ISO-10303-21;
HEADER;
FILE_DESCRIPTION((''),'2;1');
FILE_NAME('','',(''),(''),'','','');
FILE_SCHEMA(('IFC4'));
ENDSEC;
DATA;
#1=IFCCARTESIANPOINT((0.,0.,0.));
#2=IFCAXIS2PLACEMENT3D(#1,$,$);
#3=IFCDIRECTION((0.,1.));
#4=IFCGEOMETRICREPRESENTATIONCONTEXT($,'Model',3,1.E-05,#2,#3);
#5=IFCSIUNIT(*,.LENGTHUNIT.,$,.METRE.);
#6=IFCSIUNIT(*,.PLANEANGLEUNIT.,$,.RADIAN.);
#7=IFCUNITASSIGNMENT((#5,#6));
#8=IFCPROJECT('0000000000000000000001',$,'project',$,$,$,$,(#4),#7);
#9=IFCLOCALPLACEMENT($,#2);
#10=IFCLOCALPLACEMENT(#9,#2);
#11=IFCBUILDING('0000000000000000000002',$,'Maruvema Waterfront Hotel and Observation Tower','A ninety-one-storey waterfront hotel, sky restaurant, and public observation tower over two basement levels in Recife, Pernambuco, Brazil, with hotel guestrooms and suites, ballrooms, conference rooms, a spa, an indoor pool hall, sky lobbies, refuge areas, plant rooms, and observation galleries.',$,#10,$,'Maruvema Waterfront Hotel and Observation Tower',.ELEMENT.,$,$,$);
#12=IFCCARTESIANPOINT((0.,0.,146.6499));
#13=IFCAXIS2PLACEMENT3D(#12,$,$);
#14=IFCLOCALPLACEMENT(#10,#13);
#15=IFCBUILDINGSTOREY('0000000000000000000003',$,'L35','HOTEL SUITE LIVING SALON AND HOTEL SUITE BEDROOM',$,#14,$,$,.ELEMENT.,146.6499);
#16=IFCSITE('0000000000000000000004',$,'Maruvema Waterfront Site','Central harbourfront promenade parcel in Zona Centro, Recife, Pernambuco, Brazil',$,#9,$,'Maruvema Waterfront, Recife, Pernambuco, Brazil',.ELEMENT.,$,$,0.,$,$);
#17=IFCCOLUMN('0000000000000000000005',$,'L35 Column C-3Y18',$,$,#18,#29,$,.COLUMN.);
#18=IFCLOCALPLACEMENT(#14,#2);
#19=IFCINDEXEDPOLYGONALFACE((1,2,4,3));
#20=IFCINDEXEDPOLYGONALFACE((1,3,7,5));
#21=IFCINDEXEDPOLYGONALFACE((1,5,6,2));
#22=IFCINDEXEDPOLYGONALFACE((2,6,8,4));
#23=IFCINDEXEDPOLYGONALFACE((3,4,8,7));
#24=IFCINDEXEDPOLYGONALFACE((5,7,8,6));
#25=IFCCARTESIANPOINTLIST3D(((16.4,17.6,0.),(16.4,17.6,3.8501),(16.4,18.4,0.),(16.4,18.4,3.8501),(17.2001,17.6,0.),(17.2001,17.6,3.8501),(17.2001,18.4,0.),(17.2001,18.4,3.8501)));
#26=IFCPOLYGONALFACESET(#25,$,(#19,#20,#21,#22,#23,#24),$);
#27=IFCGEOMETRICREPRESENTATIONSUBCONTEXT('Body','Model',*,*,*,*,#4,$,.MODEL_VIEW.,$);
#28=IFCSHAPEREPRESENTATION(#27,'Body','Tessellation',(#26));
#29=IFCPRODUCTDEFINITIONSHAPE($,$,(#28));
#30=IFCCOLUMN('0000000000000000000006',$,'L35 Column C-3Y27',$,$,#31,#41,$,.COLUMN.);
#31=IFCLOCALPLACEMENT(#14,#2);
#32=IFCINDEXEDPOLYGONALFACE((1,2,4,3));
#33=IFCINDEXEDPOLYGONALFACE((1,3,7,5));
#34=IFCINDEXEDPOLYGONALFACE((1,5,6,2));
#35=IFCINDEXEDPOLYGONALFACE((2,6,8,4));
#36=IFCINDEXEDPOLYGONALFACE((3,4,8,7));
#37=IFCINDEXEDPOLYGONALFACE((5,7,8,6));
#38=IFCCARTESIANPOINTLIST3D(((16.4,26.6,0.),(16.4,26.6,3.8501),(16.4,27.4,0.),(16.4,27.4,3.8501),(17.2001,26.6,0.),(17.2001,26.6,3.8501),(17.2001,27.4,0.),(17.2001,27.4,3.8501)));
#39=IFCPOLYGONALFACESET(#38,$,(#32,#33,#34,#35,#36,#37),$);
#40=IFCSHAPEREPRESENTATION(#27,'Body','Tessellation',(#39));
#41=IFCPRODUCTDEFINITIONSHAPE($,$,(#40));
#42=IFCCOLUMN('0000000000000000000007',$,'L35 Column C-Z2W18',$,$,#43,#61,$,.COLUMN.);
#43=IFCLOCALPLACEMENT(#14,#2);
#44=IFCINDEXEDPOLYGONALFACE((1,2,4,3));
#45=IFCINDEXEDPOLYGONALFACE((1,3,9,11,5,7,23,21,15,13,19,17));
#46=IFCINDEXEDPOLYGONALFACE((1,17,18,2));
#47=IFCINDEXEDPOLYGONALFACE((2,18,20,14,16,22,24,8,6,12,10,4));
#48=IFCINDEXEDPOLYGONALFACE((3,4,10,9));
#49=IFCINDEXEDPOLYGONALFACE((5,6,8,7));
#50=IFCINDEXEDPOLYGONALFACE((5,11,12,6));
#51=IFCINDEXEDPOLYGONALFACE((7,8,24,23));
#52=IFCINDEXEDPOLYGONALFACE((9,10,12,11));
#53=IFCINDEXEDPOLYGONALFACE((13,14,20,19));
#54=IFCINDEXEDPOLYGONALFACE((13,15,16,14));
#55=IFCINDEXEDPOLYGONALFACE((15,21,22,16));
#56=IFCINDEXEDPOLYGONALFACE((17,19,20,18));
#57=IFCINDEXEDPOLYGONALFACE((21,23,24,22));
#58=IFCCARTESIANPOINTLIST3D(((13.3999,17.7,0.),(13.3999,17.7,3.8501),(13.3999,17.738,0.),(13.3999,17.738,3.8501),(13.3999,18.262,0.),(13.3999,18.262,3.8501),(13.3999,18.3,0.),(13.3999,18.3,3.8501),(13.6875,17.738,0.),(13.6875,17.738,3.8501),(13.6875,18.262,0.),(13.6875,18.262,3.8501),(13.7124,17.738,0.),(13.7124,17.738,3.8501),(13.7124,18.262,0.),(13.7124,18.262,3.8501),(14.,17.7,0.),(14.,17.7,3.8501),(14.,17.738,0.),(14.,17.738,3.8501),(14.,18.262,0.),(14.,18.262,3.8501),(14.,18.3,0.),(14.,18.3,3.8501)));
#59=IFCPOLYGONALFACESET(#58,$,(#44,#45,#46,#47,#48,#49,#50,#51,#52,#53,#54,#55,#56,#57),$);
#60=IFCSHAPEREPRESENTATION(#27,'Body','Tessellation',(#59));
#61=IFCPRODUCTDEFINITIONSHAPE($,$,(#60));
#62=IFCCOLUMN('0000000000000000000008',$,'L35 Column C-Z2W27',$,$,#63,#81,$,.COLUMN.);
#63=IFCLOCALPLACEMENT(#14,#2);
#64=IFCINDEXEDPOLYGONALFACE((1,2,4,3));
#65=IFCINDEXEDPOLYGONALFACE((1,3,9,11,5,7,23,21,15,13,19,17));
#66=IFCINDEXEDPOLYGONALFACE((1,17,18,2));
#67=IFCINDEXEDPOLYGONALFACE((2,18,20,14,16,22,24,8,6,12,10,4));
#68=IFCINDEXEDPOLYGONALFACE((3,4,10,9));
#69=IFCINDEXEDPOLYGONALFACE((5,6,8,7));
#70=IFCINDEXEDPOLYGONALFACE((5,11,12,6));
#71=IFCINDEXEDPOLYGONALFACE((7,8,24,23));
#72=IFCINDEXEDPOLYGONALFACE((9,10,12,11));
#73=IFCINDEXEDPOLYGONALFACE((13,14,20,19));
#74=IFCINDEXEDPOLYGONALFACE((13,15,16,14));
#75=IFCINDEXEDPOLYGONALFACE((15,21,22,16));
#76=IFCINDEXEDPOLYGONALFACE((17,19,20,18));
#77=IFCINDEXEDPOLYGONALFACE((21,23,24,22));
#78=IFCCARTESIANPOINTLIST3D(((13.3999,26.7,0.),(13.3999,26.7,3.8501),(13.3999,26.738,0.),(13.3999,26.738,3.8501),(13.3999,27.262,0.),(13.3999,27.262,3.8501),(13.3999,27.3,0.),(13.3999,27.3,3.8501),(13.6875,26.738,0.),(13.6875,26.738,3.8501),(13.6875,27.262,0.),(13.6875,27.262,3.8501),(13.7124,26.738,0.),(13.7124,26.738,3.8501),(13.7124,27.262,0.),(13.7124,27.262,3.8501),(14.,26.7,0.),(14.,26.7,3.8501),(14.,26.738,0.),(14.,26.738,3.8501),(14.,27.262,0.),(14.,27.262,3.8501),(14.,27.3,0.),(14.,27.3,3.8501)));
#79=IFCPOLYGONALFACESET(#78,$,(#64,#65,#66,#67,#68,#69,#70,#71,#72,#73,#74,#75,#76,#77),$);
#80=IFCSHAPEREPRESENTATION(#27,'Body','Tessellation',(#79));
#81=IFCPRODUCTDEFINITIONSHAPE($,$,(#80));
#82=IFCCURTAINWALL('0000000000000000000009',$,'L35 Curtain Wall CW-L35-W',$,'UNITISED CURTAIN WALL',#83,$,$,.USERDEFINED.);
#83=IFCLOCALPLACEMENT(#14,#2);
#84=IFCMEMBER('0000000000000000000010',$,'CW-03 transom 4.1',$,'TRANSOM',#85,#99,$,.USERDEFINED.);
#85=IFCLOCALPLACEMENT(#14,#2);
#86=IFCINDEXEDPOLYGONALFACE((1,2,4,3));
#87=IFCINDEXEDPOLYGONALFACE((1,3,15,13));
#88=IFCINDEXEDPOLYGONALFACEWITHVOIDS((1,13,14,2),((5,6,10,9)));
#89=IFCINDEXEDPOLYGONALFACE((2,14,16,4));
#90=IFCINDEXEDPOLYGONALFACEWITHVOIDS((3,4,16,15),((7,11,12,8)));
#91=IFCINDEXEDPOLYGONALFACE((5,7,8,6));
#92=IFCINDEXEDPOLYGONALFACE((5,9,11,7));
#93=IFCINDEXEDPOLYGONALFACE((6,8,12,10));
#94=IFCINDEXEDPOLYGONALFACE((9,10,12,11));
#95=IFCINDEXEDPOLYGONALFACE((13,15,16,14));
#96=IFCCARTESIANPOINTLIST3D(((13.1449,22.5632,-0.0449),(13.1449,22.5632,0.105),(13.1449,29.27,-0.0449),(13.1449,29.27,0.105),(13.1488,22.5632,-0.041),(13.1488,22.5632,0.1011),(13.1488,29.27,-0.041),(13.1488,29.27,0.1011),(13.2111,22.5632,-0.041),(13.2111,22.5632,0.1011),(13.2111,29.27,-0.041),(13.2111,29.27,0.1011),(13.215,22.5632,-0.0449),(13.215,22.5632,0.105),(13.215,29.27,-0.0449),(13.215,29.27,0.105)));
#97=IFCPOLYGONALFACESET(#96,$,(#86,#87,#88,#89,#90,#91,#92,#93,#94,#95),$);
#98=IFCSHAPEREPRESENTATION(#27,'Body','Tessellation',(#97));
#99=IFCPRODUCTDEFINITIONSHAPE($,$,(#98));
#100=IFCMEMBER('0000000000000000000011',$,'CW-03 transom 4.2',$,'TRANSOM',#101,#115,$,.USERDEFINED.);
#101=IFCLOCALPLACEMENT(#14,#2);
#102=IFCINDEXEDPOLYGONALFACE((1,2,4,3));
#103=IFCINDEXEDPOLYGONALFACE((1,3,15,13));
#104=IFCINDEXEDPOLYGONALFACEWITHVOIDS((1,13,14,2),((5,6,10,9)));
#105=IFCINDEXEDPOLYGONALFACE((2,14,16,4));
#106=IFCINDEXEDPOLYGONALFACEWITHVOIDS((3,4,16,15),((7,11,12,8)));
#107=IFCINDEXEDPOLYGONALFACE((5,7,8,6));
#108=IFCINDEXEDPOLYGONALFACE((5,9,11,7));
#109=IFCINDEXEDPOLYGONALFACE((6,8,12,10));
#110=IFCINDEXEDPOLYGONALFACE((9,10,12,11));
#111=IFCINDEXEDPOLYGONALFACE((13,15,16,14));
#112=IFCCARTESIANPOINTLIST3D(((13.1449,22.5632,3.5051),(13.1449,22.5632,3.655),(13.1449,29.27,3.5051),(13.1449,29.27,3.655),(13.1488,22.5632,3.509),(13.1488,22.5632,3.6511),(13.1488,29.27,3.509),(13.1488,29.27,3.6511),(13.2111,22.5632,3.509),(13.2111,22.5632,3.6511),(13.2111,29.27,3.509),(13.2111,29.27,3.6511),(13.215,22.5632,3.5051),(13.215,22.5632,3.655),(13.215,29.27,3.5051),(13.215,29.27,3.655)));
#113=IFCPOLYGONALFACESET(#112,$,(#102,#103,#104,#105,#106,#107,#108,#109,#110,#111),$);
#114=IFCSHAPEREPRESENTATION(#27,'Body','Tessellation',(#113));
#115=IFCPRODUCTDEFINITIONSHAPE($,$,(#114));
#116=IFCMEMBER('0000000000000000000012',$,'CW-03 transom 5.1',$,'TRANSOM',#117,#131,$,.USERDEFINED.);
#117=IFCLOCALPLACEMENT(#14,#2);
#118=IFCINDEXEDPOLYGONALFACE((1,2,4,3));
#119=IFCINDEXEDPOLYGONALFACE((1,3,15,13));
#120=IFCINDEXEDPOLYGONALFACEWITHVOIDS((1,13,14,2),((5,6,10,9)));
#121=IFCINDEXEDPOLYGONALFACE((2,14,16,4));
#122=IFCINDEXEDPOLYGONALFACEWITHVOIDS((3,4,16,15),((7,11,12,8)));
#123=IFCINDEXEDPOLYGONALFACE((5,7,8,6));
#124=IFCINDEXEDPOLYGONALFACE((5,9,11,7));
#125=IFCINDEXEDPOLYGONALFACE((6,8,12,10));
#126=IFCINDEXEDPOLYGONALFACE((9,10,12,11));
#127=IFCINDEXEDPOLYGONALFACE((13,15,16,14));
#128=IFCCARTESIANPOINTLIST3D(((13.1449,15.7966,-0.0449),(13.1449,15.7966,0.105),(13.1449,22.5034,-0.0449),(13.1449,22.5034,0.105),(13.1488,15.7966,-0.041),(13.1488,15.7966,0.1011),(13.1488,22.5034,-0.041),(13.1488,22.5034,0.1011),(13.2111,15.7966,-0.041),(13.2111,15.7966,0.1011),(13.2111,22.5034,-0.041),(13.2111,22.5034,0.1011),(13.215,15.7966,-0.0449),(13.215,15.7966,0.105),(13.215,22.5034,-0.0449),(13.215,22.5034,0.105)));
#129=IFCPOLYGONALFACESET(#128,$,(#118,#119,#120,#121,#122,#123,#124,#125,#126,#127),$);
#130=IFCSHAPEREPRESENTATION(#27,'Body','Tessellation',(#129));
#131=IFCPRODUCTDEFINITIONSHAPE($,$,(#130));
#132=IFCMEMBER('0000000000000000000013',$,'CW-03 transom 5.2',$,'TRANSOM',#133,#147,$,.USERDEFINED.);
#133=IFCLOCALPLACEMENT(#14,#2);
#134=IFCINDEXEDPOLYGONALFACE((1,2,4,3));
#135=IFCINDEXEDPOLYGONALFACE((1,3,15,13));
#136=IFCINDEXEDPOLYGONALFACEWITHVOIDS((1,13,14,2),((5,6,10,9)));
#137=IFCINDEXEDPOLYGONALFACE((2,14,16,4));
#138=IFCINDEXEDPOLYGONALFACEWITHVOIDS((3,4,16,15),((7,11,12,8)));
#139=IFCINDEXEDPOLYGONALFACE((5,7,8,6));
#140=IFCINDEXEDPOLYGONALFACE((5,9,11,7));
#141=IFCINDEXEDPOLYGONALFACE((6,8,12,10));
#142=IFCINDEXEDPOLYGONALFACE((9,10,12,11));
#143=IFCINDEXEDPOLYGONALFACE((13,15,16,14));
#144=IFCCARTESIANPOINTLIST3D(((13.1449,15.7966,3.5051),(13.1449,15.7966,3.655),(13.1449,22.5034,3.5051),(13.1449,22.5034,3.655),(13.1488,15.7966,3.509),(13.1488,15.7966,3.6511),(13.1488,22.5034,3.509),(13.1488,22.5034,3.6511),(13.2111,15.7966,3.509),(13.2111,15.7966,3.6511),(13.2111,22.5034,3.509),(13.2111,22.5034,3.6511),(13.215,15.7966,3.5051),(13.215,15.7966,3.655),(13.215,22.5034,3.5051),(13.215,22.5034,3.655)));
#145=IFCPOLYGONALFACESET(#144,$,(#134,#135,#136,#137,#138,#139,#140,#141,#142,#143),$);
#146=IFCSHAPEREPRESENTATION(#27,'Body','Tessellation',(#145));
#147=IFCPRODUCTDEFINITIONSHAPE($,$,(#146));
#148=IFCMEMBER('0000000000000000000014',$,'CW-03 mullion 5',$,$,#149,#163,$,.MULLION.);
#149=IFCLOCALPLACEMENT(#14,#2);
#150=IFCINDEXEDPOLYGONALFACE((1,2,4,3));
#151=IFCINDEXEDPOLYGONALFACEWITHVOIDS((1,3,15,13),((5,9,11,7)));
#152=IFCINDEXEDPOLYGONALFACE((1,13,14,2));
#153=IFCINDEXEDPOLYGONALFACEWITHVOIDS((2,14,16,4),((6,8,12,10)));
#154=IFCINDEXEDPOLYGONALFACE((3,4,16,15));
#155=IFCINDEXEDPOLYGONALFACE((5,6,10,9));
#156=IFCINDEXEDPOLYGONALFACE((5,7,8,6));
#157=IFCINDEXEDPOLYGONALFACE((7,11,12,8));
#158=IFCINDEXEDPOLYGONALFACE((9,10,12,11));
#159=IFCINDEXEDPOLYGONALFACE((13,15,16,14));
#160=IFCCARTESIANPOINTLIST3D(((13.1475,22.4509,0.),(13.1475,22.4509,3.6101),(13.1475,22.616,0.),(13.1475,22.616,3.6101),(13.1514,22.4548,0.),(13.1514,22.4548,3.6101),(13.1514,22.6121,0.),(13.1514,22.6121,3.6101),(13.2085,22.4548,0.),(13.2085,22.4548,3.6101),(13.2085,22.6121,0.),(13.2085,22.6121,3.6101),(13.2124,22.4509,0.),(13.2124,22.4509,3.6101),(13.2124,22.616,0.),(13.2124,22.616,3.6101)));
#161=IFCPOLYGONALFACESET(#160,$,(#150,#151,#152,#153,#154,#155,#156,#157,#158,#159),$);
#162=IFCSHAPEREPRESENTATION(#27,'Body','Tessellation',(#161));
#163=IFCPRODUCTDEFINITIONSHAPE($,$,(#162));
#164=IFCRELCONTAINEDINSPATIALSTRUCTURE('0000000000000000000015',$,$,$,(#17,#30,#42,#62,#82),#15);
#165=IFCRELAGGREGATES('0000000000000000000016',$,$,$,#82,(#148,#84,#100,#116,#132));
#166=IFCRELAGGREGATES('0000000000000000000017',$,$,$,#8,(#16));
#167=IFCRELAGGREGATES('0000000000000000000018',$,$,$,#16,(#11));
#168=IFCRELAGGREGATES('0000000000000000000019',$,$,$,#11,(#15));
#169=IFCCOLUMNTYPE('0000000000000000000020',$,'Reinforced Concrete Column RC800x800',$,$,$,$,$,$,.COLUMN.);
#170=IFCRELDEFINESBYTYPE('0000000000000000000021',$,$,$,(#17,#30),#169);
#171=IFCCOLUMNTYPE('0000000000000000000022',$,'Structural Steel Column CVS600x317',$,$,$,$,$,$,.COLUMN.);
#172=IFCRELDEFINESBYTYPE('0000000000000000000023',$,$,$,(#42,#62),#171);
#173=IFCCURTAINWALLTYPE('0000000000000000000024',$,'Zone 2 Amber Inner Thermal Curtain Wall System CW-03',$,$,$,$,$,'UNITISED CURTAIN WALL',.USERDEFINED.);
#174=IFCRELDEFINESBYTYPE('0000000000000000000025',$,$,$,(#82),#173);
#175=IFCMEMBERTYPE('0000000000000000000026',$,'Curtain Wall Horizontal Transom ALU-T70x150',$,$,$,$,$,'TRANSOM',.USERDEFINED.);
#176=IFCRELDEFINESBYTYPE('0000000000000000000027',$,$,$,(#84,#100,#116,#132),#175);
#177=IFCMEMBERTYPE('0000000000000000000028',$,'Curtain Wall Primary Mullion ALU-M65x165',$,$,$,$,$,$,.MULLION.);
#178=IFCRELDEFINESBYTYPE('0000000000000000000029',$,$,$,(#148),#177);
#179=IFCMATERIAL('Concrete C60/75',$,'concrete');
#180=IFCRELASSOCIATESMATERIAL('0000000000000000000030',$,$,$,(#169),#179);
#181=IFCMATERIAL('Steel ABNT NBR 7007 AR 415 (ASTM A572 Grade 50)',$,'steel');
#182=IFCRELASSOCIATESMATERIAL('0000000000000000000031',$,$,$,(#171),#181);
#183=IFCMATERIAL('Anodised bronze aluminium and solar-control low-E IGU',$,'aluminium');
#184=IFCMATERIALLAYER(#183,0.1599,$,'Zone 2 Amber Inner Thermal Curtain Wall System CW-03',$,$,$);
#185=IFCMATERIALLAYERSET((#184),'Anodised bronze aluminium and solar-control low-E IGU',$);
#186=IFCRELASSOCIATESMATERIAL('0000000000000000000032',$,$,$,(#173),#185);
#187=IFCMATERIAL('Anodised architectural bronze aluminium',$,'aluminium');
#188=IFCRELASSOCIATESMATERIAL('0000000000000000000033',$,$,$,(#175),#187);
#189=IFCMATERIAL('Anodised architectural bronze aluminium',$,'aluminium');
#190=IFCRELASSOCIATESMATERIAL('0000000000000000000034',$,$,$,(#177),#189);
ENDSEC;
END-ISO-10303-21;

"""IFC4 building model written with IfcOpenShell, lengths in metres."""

from ifc_helpers import new_model, si_unit, direction, frame, origin, origin_2d, place, context, subcontext, project, spatial, rectangle, hollow_rectangle, i_section, extrude, material, layer, layer_set, material_profile, profile_set, type_object, element, aggregate, save


model = new_model("IFC4")

# Units and contexts
model_context = context("Model", 3, precision=1e-05, world=origin(), true_north=direction((0.0, 1.0)))
body_context = subcontext(model_context, "Body", "Model", "MODEL_VIEW")
ifc_project = project(units=[si_unit("LENGTHUNIT", "METRE"), si_unit("PLANEANGLEUNIT", "RADIAN")], contexts=[model_context])

# Site, building, storey
site_placement = place(None, origin())
site = spatial("IfcSite", under=ifc_project, at=site_placement, Name="Maruvema Waterfront Site", Description="Central harbourfront promenade parcel in Zona Centro, Recife, Pernambuco, Brazil", LongName="Maruvema Waterfront, Recife, Pernambuco, Brazil", CompositionType="ELEMENT", RefElevation=0.0)
building_placement = place(site_placement, origin())
building = spatial("IfcBuilding", under=site, at=building_placement, Name="Maruvema Waterfront Hotel and Observation Tower", Description="A ninety-one-storey waterfront hotel, sky restaurant, and public observation tower over two basement levels in Recife, Pernambuco, Brazil, with hotel guestrooms and suites, ballrooms, conference rooms, a spa, an indoor pool hall, sky lobbies, refuge areas, plant rooms, and observation galleries.", LongName="Maruvema Waterfront Hotel and Observation Tower", CompositionType="ELEMENT")
storey_placement = place(building_placement, frame((0.0, 0.0, 146.6499)))
storey = spatial("IfcBuildingStorey", under=building, at=storey_placement, Name="L35", Description="HOTEL SUITE LIVING SALON AND HOTEL SUITE BEDROOM", CompositionType="ELEMENT", Elevation=146.6499)

# Columns
ifc_material_1 = material(Name="Concrete C60/75", Category="concrete")
ifc_material_profile_1 = material_profile(ifc_material_1, rectangle(XDim=0.8, YDim=0.8, at=origin_2d()), Name="RC800x800")
ifc_profile_set_1 = profile_set([ifc_material_profile_1], Name="Concrete C60/75")
column_type_1 = type_object("IfcColumnType", Name="Reinforced Concrete Column RC800x800", PredefinedType="COLUMN", material=ifc_profile_set_1)
for number, where, z_axis, x_axis, name in (
    (1, (16.8, 18.0, 0.0), (0.0, 0.0, 1.0), (1.0, 0.0, 0.0), "L35 Column C-3Y18"),
    (2, (16.8, 27.0, 0.0), (0.0, 0.0, 1.0), (1.0, 0.0, 0.0), "L35 Column C-3Y27"),
):
    element("IfcColumn", number, at=place(storey_placement, frame(where, z_axis=z_axis, x_axis=x_axis)), inside=storey, type_object=column_type_1, Name=name, PredefinedType="COLUMN", context=body_context, shape_type="SweptSolid", body=[
        extrude(rectangle(XDim=0.8, YDim=0.8, at=origin_2d()), origin(), (0.0, 0.0, 1.0), 3.8501),
    ])
ifc_material_2 = material(Name="Steel ABNT NBR 7007 AR 415 (ASTM A572 Grade 50)", Category="steel")
ifc_material_profile_2 = material_profile(ifc_material_2, i_section(OverallWidth=0.6001, OverallDepth=0.6001, WebThickness=0.0249, FlangeThickness=0.0381, at=origin_2d()), Name="CVS600x317")
ifc_profile_set_2 = profile_set([ifc_material_profile_2], Name="Steel ABNT NBR 7007 AR 415 (ASTM A572 Grade 50)")
column_type_2 = type_object("IfcColumnType", Name="Structural Steel Column CVS600x317", PredefinedType="COLUMN", material=ifc_profile_set_2)
for number, where, z_axis, x_axis, name in (
    (3, (13.7, 18.0, 0.0), (0.0, 0.0, 1.0), (1.0, 0.0, 0.0), "L35 Column C-Z2W18"),
    (4, (13.7, 27.0, 0.0), (0.0, 0.0, 1.0), (1.0, 0.0, 0.0), "L35 Column C-Z2W27"),
):
    element("IfcColumn", number, at=place(storey_placement, frame(where, z_axis=z_axis, x_axis=x_axis)), inside=storey, type_object=column_type_2, Name=name, PredefinedType="COLUMN", context=body_context, shape_type="SweptSolid", body=[
        extrude(i_section(OverallWidth=0.6001, OverallDepth=0.6001, WebThickness=0.0249, FlangeThickness=0.0381, at=origin_2d()), origin(), (0.0, 0.0, 1.0), 3.8501),
    ])

# Curtain wall, members
ifc_material_3 = material(Name="Anodised bronze aluminium and solar-control low-E IGU", Category="aluminium")
ifc_layer_1 = layer(ifc_material_3, 0.1599, Name="Zone 2 Amber Inner Thermal Curtain Wall System CW-03")
ifc_layer_set_1 = layer_set([ifc_layer_1], Name="Anodised bronze aluminium and solar-control low-E IGU")
curtain_wall_type = type_object("IfcCurtainWallType", Name="Zone 2 Amber Inner Thermal Curtain Wall System CW-03", ElementType="UNITISED CURTAIN WALL", PredefinedType="USERDEFINED", material=ifc_layer_set_1)
curtain_wall_placement = place(storey_placement, origin())
curtain_wall = element("IfcCurtainWall", 5, at=curtain_wall_placement, inside=storey, type_object=curtain_wall_type, Name="L35 Curtain Wall CW-L35-W", ObjectType="UNITISED CURTAIN WALL", PredefinedType="USERDEFINED")
ifc_material_4 = material(Name="Anodised architectural bronze aluminium", Category="aluminium")
ifc_material_profile_3 = material_profile(ifc_material_4, hollow_rectangle(XDim=0.0701, YDim=0.1499, WallThickness=0.0039, at=origin_2d()), Name="ALU-T70x150")
ifc_profile_set_3 = profile_set([ifc_material_profile_3], Name="Anodised architectural bronze aluminium")
member_type_1 = type_object("IfcMemberType", Name="Curtain Wall Horizontal Transom ALU-T70x150", ElementType="TRANSOM", PredefinedType="USERDEFINED", material=ifc_profile_set_3)
member_1_placement = place(storey_placement, frame((13.1799, 29.27, 0.03), z_axis=(0.0, -1.0, 0.0), x_axis=(1.0, 0.0, 0.0)))
member_1 = element("IfcMember", 6, at=member_1_placement, type_object=member_type_1, Name="CW-03 transom 4.1", ObjectType="TRANSOM", PredefinedType="USERDEFINED", context=body_context, shape_type="SweptSolid", body=[
    extrude(hollow_rectangle(XDim=0.0701, YDim=0.1499, WallThickness=0.0039, at=origin_2d()), origin(), (0.0, 0.0, 1.0), 6.7068),
])
member_2_placement = place(storey_placement, frame((13.1799, 29.27, 3.5801), z_axis=(0.0, -1.0, 0.0), x_axis=(1.0, 0.0, 0.0)))
member_2 = element("IfcMember", 7, at=member_2_placement, type_object=member_type_1, Name="CW-03 transom 4.2", ObjectType="TRANSOM", PredefinedType="USERDEFINED", context=body_context, shape_type="SweptSolid", body=[
    extrude(hollow_rectangle(XDim=0.0701, YDim=0.1499, WallThickness=0.0039, at=origin_2d()), origin(), (0.0, 0.0, 1.0), 6.7068),
])
member_3_placement = place(storey_placement, frame((13.1799, 22.5034, 0.03), z_axis=(0.0, -1.0, 0.0), x_axis=(1.0, 0.0, 0.0)))
member_3 = element("IfcMember", 8, at=member_3_placement, type_object=member_type_1, Name="CW-03 transom 5.1", ObjectType="TRANSOM", PredefinedType="USERDEFINED", context=body_context, shape_type="SweptSolid", body=[
    extrude(hollow_rectangle(XDim=0.0701, YDim=0.1499, WallThickness=0.0039, at=origin_2d()), origin(), (0.0, 0.0, 1.0), 6.7068),
])
member_4_placement = place(storey_placement, frame((13.1799, 22.5034, 3.5801), z_axis=(0.0, -1.0, 0.0), x_axis=(1.0, 0.0, 0.0)))
member_4 = element("IfcMember", 9, at=member_4_placement, type_object=member_type_1, Name="CW-03 transom 5.2", ObjectType="TRANSOM", PredefinedType="USERDEFINED", context=body_context, shape_type="SweptSolid", body=[
    extrude(hollow_rectangle(XDim=0.0701, YDim=0.1499, WallThickness=0.0039, at=origin_2d()), origin(), (0.0, 0.0, 1.0), 6.7068),
])
ifc_material_5 = material(Name="Anodised architectural bronze aluminium", Category="aluminium")
ifc_material_profile_4 = material_profile(ifc_material_5, hollow_rectangle(XDim=0.0649, YDim=0.165, WallThickness=0.0039, at=origin_2d()), Name="ALU-M65x165")
ifc_profile_set_4 = profile_set([ifc_material_profile_4], Name="Anodised architectural bronze aluminium")
member_type_2 = type_object("IfcMemberType", Name="Curtain Wall Primary Mullion ALU-M65x165", PredefinedType="MULLION", material=ifc_profile_set_4)
member_5_placement = place(storey_placement, frame((13.1799, 22.5334, 0.0), z_axis=(0.0, 0.0, 1.0), x_axis=(1.0, 0.0, 0.0)))
member_5 = element("IfcMember", 10, at=member_5_placement, type_object=member_type_2, Name="CW-03 mullion 5", PredefinedType="MULLION", context=body_context, shape_type="SweptSolid", body=[
    extrude(hollow_rectangle(XDim=0.0649, YDim=0.165, WallThickness=0.0039, at=origin_2d()), origin(), (0.0, 0.0, 1.0), 3.6101),
])

aggregate(curtain_wall, [member_5, member_1, member_2, member_3, member_4])

save(model, "model.ifc")
